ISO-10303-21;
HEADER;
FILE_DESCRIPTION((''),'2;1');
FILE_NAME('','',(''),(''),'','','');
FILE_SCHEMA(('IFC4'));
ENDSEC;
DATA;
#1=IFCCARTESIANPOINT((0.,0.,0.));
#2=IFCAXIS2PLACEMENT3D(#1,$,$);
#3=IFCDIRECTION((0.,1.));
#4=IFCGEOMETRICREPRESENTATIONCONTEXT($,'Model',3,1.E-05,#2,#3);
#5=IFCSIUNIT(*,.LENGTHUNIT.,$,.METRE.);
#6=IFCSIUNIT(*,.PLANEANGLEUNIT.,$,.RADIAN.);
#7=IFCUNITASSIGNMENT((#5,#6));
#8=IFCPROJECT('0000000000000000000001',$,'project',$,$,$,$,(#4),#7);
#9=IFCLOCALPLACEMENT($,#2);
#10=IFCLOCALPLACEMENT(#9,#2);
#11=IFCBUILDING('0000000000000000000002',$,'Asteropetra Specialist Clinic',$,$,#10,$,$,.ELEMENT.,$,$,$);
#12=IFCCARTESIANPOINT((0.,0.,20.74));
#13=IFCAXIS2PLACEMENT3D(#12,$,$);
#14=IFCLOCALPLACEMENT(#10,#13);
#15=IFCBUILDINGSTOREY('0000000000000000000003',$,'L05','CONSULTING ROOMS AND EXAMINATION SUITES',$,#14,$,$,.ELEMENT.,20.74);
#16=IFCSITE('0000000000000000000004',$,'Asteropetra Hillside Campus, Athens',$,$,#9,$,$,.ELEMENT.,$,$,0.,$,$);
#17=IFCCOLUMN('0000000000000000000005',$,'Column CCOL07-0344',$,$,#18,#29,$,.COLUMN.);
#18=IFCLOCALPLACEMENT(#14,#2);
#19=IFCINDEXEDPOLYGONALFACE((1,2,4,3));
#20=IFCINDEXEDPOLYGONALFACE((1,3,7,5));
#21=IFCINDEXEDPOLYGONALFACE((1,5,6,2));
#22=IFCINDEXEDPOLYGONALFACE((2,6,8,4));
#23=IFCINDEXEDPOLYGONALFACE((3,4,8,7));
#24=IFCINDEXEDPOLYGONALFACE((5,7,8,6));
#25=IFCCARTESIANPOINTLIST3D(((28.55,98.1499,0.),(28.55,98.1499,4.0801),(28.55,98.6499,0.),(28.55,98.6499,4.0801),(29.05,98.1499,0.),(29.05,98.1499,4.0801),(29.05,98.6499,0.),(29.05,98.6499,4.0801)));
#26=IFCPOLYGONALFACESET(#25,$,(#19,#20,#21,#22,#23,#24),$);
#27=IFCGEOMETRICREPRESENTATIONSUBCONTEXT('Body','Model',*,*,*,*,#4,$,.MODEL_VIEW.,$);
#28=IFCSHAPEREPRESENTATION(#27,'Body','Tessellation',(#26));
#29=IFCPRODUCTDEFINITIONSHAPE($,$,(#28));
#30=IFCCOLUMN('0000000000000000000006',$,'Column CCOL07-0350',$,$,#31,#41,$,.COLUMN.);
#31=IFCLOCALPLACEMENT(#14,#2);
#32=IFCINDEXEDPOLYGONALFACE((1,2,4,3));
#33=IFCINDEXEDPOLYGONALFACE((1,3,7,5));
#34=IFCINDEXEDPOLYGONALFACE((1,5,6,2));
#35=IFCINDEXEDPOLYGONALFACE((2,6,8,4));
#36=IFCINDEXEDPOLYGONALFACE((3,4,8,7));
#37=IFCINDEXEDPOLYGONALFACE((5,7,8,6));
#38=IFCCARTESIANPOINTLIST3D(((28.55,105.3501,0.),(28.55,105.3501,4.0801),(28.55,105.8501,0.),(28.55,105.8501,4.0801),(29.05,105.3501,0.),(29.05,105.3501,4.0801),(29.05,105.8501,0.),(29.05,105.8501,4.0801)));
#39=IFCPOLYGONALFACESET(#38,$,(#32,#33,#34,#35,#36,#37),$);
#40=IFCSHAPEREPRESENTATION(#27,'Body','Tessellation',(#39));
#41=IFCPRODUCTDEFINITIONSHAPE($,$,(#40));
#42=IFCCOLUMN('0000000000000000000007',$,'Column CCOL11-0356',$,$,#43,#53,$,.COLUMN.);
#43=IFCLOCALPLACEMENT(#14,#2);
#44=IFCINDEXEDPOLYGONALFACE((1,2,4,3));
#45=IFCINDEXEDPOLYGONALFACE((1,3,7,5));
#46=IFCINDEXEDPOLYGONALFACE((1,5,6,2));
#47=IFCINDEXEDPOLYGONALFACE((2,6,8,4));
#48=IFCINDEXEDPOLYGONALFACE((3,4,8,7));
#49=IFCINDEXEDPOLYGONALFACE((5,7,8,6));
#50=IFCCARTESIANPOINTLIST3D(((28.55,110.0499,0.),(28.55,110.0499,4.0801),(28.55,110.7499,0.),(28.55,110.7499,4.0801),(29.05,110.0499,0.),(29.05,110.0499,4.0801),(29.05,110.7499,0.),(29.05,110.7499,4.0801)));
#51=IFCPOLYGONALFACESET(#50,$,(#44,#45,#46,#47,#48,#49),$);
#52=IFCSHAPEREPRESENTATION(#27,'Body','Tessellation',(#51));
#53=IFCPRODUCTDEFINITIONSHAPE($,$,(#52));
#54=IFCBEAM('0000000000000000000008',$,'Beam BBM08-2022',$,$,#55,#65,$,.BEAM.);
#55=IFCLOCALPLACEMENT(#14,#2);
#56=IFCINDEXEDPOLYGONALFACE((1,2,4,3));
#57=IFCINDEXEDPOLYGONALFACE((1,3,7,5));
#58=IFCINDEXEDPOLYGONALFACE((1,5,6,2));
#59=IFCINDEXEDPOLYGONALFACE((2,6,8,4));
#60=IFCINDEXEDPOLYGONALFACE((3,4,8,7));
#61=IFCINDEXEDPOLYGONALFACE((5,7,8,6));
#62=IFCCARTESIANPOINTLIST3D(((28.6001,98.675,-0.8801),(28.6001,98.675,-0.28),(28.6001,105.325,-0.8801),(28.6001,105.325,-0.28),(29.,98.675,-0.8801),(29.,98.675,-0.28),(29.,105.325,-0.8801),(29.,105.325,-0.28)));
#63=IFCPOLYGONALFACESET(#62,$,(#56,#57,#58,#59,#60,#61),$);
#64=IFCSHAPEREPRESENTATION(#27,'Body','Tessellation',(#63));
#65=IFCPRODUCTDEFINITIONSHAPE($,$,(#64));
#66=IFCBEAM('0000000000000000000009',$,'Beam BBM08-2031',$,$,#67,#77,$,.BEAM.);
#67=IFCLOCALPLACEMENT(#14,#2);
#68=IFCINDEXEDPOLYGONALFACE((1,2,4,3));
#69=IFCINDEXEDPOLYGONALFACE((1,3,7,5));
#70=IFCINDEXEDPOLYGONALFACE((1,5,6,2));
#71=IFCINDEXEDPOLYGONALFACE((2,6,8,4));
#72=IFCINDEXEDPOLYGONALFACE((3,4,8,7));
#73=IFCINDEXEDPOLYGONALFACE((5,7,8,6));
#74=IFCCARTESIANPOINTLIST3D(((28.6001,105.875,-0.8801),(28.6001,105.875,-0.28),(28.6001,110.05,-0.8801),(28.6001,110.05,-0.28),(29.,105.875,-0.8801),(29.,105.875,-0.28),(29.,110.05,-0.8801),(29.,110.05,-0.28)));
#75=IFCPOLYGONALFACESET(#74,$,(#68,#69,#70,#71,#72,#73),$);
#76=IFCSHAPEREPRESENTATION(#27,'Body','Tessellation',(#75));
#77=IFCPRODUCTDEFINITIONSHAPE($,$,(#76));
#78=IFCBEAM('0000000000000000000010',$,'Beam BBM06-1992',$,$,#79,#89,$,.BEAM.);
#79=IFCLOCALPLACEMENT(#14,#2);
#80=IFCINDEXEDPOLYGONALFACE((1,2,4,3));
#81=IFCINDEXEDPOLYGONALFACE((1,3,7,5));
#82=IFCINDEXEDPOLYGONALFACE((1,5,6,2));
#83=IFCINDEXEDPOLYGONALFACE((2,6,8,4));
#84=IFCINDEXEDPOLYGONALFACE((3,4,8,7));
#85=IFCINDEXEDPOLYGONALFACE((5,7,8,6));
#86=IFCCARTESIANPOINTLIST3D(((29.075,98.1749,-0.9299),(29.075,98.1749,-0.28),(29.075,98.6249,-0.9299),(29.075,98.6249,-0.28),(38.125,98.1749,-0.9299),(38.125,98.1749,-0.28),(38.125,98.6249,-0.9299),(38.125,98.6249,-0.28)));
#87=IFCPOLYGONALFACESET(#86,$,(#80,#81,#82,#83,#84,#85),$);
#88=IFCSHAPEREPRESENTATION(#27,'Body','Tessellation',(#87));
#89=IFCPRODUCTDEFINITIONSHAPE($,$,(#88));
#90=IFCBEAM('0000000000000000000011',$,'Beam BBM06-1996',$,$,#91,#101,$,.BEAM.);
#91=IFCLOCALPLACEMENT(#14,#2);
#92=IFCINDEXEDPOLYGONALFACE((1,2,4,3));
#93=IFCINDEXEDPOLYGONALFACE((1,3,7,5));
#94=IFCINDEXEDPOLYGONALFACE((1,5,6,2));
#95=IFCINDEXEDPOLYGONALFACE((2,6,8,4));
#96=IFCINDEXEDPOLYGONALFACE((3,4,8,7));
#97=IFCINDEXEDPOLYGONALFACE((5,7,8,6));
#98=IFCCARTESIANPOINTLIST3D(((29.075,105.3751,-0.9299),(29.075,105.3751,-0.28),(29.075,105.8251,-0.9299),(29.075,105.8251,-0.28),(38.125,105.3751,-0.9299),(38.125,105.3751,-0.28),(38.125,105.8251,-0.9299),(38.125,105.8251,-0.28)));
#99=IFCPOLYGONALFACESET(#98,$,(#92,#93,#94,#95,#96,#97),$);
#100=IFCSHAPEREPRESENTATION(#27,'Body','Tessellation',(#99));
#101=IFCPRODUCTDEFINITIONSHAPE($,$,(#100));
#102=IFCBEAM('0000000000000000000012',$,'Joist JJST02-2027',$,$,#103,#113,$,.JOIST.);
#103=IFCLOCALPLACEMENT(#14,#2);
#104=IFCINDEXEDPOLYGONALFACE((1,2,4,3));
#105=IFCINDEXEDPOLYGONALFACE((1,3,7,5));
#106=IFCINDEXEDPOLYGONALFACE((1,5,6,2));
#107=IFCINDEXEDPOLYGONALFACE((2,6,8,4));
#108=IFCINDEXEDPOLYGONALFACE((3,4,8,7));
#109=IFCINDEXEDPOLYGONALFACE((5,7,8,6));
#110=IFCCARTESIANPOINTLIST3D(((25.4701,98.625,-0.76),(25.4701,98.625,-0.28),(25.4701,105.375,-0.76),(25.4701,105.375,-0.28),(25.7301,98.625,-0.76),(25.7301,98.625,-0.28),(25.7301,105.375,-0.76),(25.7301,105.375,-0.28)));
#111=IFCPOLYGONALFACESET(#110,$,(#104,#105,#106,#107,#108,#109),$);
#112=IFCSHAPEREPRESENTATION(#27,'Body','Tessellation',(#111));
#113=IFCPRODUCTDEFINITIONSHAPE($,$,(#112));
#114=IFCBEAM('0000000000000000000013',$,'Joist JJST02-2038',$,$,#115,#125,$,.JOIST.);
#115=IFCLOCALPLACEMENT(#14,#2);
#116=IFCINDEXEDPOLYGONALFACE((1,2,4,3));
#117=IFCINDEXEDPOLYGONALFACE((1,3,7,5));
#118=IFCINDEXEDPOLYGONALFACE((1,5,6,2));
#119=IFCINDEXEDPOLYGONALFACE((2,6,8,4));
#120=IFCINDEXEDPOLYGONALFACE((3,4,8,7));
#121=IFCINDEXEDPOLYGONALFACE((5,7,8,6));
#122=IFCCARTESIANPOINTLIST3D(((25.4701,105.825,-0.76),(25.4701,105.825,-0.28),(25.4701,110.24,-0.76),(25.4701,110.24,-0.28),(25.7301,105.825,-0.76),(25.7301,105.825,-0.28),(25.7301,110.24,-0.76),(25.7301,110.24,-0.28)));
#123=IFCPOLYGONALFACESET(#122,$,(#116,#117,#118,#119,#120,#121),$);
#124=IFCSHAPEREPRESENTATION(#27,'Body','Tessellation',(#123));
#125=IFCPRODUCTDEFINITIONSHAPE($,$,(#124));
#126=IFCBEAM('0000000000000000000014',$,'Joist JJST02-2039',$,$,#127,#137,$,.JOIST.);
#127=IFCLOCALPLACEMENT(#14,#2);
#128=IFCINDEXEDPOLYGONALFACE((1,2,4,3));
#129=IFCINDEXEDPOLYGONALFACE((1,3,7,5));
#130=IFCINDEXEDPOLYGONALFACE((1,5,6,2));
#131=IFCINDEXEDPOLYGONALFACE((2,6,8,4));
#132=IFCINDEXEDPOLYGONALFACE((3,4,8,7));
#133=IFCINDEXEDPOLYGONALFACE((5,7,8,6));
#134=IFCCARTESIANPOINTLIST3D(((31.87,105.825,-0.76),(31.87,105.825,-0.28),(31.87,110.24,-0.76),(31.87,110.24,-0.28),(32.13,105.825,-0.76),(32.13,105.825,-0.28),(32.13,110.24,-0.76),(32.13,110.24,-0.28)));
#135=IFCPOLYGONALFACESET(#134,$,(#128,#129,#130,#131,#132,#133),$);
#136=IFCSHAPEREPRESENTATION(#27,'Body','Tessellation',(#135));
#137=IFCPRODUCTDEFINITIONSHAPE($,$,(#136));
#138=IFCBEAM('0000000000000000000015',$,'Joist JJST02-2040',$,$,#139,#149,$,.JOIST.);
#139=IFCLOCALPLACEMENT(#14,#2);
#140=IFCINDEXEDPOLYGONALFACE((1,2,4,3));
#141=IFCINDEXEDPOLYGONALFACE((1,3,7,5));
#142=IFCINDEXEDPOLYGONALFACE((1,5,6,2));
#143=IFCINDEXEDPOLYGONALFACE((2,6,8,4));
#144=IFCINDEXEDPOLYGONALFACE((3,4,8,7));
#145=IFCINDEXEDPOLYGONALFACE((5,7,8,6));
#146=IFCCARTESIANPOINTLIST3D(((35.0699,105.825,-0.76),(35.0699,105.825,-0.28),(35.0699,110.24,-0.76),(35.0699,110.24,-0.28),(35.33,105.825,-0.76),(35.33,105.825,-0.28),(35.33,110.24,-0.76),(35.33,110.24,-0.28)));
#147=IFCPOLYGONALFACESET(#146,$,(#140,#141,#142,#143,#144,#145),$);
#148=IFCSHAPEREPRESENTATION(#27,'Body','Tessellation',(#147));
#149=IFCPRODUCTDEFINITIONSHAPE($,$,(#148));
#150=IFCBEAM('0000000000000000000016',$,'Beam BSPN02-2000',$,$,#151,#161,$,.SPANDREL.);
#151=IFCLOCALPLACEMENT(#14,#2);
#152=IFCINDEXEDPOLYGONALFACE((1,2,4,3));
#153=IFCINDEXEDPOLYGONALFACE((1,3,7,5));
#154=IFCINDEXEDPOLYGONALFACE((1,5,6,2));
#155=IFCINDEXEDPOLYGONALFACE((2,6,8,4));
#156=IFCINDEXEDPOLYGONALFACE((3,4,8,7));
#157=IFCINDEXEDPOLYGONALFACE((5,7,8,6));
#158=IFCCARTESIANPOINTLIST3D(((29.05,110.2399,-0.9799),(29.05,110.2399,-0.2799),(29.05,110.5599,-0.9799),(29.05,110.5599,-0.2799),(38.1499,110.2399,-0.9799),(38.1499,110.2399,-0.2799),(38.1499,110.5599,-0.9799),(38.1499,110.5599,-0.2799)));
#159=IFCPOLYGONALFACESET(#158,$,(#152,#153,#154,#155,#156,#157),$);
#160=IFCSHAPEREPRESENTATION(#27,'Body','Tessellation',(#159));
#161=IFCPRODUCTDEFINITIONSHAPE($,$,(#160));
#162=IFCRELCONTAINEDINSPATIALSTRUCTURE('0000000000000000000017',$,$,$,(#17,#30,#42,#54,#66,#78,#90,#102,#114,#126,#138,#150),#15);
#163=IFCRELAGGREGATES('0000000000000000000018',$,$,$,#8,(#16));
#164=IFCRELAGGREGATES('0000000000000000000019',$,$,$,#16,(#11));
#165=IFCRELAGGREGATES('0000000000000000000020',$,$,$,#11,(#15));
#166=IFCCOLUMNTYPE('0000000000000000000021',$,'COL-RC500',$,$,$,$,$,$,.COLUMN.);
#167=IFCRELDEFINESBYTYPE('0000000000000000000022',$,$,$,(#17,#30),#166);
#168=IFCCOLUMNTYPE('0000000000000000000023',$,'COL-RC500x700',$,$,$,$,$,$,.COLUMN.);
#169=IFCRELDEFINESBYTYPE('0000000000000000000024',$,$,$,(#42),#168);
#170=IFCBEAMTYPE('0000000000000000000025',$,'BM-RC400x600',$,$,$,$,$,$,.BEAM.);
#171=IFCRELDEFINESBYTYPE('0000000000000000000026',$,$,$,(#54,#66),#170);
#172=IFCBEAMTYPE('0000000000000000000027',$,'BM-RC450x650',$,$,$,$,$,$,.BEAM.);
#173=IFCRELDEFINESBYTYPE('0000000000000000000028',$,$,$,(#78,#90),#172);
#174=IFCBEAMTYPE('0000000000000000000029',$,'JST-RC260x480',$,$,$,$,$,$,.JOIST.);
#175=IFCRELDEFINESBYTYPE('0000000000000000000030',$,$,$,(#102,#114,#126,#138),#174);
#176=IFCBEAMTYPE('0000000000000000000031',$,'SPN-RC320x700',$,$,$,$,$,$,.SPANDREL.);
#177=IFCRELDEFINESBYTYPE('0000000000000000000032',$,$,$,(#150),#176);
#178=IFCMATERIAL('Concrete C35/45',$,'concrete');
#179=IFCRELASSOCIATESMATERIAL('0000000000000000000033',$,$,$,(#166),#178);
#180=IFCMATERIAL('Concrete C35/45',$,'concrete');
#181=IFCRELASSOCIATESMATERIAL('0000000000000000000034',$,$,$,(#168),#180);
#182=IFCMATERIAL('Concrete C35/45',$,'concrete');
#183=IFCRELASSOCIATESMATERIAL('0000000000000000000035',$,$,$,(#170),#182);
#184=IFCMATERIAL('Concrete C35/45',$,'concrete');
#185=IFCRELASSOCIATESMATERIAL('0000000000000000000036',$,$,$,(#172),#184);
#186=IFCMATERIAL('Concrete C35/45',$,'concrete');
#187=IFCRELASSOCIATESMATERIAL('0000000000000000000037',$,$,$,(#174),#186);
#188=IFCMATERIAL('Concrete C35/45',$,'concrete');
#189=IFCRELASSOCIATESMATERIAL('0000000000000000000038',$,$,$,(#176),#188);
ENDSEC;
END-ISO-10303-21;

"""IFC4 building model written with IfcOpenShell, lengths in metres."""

from ifc_helpers import new_model, si_unit, direction, frame, origin, origin_2d, place, context, subcontext, project, spatial, rectangle, extrude, material, material_profile, profile_set, type_object, element, save


model = new_model("IFC4")

# Units and contexts
model_context = context("Model", 3, precision=1e-05, world=origin(), true_north=direction((0.0, 1.0)))
body_context = subcontext(model_context, "Body", "Model", "MODEL_VIEW")
ifc_project = project(units=[si_unit("LENGTHUNIT", "METRE"), si_unit("PLANEANGLEUNIT", "RADIAN")], contexts=[model_context])

# Site, building, storey
site_placement = place(None, origin())
site = spatial("IfcSite", under=ifc_project, at=site_placement, Name="Asteropetra Hillside Campus, Athens", CompositionType="ELEMENT", RefElevation=0.0)
building_placement = place(site_placement, origin())
building = spatial("IfcBuilding", under=site, at=building_placement, Name="Asteropetra Specialist Clinic", CompositionType="ELEMENT")
storey_placement = place(building_placement, frame((0.0, 0.0, 20.74)))
storey = spatial("IfcBuildingStorey", under=building, at=storey_placement, Name="L05", Description="CONSULTING ROOMS AND EXAMINATION SUITES", CompositionType="ELEMENT", Elevation=20.74)

# Columns
ifc_material_1 = material(Name="Concrete C35/45", Category="concrete")
ifc_material_profile_1 = material_profile(ifc_material_1, rectangle(XDim=0.5, YDim=0.5, at=origin_2d()), Name="RC 500x500")
ifc_profile_set_1 = profile_set([ifc_material_profile_1], Name="Concrete C35/45")
column_type_1 = type_object("IfcColumnType", Name="COL-RC500", PredefinedType="COLUMN", material=ifc_profile_set_1)
for number, where, z_axis, x_axis, name in (
    (1, (28.8, 98.3999, 0.0), (0.0, 0.0, 1.0), (1.0, 0.0, 0.0), "Column CCOL07-0344"),
    (2, (28.8, 105.6001, 0.0), (0.0, 0.0, 1.0), (1.0, 0.0, 0.0), "Column CCOL07-0350"),
):
    element("IfcColumn", number, at=place(storey_placement, frame(where, z_axis=z_axis, x_axis=x_axis)), inside=storey, type_object=column_type_1, Name=name, PredefinedType="COLUMN", context=body_context, shape_type="SweptSolid", body=[
        extrude(rectangle(XDim=0.5, YDim=0.5, at=origin_2d()), origin(), (0.0, 0.0, 1.0), 4.0801),
    ])
ifc_material_2 = material(Name="Concrete C35/45", Category="concrete")
ifc_material_profile_2 = material_profile(ifc_material_2, rectangle(XDim=0.5, YDim=0.7, at=origin_2d()), Name="RC 500x700")
ifc_profile_set_2 = profile_set([ifc_material_profile_2], Name="Concrete C35/45")
column_type_2 = type_object("IfcColumnType", Name="COL-RC500x700", PredefinedType="COLUMN", material=ifc_profile_set_2)
column_placement = place(storey_placement, frame((28.8, 110.3999, 0.0), z_axis=(0.0, 0.0, 1.0), x_axis=(1.0, 0.0, 0.0)))
element("IfcColumn", 3, at=column_placement, inside=storey, type_object=column_type_2, Name="Column CCOL11-0356", PredefinedType="COLUMN", context=body_context, shape_type="SweptSolid", body=[
    extrude(rectangle(XDim=0.5, YDim=0.7, at=origin_2d()), origin(), (0.0, 0.0, 1.0), 4.0801),
])

# Beams
ifc_material_3 = material(Name="Concrete C35/45", Category="concrete")
ifc_material_profile_3 = material_profile(ifc_material_3, rectangle(XDim=0.3999, YDim=0.6001, at=origin_2d()), Name="RCB 400x600")
ifc_profile_set_3 = profile_set([ifc_material_profile_3], Name="Concrete C35/45")
beam_type_1 = type_object("IfcBeamType", Name="BM-RC400x600", PredefinedType="BEAM", material=ifc_profile_set_3)
beam_1_placement = place(storey_placement, frame((28.8, 98.675, -0.5801), z_axis=(0.0, 1.0, 0.0), x_axis=(-1.0, 0.0, 0.0)))
element("IfcBeam", 4, at=beam_1_placement, inside=storey, type_object=beam_type_1, Name="Beam BBM08-2022", PredefinedType="BEAM", context=body_context, shape_type="SweptSolid", body=[
    extrude(rectangle(XDim=0.3999, YDim=0.6001, at=origin_2d()), origin(), (0.0, 0.0, 1.0), 6.6499),
])
beam_2_placement = place(storey_placement, frame((28.8, 105.875, -0.5801), z_axis=(0.0, 1.0, 0.0), x_axis=(-1.0, 0.0, 0.0)))
element("IfcBeam", 5, at=beam_2_placement, inside=storey, type_object=beam_type_1, Name="Beam BBM08-2031", PredefinedType="BEAM", context=body_context, shape_type="SweptSolid", body=[
    extrude(rectangle(XDim=0.3999, YDim=0.6001, at=origin_2d()), origin(), (0.0, 0.0, 1.0), 4.175),
])
ifc_material_4 = material(Name="Concrete C35/45", Category="concrete")
ifc_material_profile_4 = material_profile(ifc_material_4, rectangle(XDim=0.45, YDim=0.6499, at=origin_2d()), Name="RCB 450x650")
ifc_profile_set_4 = profile_set([ifc_material_profile_4], Name="Concrete C35/45")
beam_type_2 = type_object("IfcBeamType", Name="BM-RC450x650", PredefinedType="BEAM", material=ifc_profile_set_4)
for number, where, z_axis, x_axis, name in (
    (6, (29.075, 98.3999, -0.605), (1.0, 0.0, 0.0), (0.0, 1.0, 0.0), "Beam BBM06-1992"),
    (7, (29.075, 105.6001, -0.605), (1.0, 0.0, 0.0), (0.0, 1.0, 0.0), "Beam BBM06-1996"),
):
    element("IfcBeam", number, at=place(storey_placement, frame(where, z_axis=z_axis, x_axis=x_axis)), inside=storey, type_object=beam_type_2, Name=name, PredefinedType="BEAM", context=body_context, shape_type="SweptSolid", body=[
        extrude(rectangle(XDim=0.45, YDim=0.6499, at=origin_2d()), origin(), (0.0, 0.0, 1.0), 9.05),
    ])
ifc_material_5 = material(Name="Concrete C35/45", Category="concrete")
ifc_material_profile_5 = material_profile(ifc_material_5, rectangle(XDim=0.26, YDim=0.48, at=origin_2d()), Name="RCJ 260x480")
ifc_profile_set_5 = profile_set([ifc_material_profile_5], Name="Concrete C35/45")
beam_type_3 = type_object("IfcBeamType", Name="JST-RC260x480", PredefinedType="JOIST", material=ifc_profile_set_5)
beam_3_placement = place(storey_placement, frame((25.6001, 98.625, -0.52), z_axis=(0.0, 1.0, 0.0), x_axis=(-1.0, 0.0, 0.0)))
element("IfcBeam", 8, at=beam_3_placement, inside=storey, type_object=beam_type_3, Name="Joist JJST02-2027", PredefinedType="JOIST", context=body_context, shape_type="SweptSolid", body=[
    extrude(rectangle(XDim=0.26, YDim=0.48, at=origin_2d()), origin(), (0.0, 0.0, 1.0), 6.75),
])
for number, where, z_axis, x_axis, name in (
    (9, (25.6001, 105.825, -0.52), (0.0, 1.0, 0.0), (-1.0, 0.0, 0.0), "Joist JJST02-2038"),
    (10, (32.0, 105.825, -0.52), (0.0, 1.0, 0.0), (-1.0, 0.0, 0.0), "Joist JJST02-2039"),
    (11, (35.2, 105.825, -0.52), (0.0, 1.0, 0.0), (-1.0, 0.0, 0.0), "Joist JJST02-2040"),
):
    element("IfcBeam", number, at=place(storey_placement, frame(where, z_axis=z_axis, x_axis=x_axis)), inside=storey, type_object=beam_type_3, Name=name, PredefinedType="JOIST", context=body_context, shape_type="SweptSolid", body=[
        extrude(rectangle(XDim=0.26, YDim=0.48, at=origin_2d()), origin(), (0.0, 0.0, 1.0), 4.415),
    ])
ifc_material_6 = material(Name="Concrete C35/45", Category="concrete")
ifc_material_profile_6 = material_profile(ifc_material_6, rectangle(XDim=0.3201, YDim=0.7, at=origin_2d()), Name="RCS 320x700")
ifc_profile_set_6 = profile_set([ifc_material_profile_6], Name="Concrete C35/45")
beam_type_4 = type_object("IfcBeamType", Name="SPN-RC320x700", PredefinedType="SPANDREL", material=ifc_profile_set_6)
beam_4_placement = place(storey_placement, frame((29.05, 110.3999, -0.6299), z_axis=(1.0, 0.0, 0.0), x_axis=(0.0, 1.0, 0.0)))
element("IfcBeam", 12, at=beam_4_placement, inside=storey, type_object=beam_type_4, Name="Beam BSPN02-2000", PredefinedType="SPANDREL", context=body_context, shape_type="SweptSolid", body=[
    extrude(rectangle(XDim=0.3201, YDim=0.7, at=origin_2d()), origin(), (0.0, 0.0, 1.0), 9.0999),
])

save(model, "model.ifc")
